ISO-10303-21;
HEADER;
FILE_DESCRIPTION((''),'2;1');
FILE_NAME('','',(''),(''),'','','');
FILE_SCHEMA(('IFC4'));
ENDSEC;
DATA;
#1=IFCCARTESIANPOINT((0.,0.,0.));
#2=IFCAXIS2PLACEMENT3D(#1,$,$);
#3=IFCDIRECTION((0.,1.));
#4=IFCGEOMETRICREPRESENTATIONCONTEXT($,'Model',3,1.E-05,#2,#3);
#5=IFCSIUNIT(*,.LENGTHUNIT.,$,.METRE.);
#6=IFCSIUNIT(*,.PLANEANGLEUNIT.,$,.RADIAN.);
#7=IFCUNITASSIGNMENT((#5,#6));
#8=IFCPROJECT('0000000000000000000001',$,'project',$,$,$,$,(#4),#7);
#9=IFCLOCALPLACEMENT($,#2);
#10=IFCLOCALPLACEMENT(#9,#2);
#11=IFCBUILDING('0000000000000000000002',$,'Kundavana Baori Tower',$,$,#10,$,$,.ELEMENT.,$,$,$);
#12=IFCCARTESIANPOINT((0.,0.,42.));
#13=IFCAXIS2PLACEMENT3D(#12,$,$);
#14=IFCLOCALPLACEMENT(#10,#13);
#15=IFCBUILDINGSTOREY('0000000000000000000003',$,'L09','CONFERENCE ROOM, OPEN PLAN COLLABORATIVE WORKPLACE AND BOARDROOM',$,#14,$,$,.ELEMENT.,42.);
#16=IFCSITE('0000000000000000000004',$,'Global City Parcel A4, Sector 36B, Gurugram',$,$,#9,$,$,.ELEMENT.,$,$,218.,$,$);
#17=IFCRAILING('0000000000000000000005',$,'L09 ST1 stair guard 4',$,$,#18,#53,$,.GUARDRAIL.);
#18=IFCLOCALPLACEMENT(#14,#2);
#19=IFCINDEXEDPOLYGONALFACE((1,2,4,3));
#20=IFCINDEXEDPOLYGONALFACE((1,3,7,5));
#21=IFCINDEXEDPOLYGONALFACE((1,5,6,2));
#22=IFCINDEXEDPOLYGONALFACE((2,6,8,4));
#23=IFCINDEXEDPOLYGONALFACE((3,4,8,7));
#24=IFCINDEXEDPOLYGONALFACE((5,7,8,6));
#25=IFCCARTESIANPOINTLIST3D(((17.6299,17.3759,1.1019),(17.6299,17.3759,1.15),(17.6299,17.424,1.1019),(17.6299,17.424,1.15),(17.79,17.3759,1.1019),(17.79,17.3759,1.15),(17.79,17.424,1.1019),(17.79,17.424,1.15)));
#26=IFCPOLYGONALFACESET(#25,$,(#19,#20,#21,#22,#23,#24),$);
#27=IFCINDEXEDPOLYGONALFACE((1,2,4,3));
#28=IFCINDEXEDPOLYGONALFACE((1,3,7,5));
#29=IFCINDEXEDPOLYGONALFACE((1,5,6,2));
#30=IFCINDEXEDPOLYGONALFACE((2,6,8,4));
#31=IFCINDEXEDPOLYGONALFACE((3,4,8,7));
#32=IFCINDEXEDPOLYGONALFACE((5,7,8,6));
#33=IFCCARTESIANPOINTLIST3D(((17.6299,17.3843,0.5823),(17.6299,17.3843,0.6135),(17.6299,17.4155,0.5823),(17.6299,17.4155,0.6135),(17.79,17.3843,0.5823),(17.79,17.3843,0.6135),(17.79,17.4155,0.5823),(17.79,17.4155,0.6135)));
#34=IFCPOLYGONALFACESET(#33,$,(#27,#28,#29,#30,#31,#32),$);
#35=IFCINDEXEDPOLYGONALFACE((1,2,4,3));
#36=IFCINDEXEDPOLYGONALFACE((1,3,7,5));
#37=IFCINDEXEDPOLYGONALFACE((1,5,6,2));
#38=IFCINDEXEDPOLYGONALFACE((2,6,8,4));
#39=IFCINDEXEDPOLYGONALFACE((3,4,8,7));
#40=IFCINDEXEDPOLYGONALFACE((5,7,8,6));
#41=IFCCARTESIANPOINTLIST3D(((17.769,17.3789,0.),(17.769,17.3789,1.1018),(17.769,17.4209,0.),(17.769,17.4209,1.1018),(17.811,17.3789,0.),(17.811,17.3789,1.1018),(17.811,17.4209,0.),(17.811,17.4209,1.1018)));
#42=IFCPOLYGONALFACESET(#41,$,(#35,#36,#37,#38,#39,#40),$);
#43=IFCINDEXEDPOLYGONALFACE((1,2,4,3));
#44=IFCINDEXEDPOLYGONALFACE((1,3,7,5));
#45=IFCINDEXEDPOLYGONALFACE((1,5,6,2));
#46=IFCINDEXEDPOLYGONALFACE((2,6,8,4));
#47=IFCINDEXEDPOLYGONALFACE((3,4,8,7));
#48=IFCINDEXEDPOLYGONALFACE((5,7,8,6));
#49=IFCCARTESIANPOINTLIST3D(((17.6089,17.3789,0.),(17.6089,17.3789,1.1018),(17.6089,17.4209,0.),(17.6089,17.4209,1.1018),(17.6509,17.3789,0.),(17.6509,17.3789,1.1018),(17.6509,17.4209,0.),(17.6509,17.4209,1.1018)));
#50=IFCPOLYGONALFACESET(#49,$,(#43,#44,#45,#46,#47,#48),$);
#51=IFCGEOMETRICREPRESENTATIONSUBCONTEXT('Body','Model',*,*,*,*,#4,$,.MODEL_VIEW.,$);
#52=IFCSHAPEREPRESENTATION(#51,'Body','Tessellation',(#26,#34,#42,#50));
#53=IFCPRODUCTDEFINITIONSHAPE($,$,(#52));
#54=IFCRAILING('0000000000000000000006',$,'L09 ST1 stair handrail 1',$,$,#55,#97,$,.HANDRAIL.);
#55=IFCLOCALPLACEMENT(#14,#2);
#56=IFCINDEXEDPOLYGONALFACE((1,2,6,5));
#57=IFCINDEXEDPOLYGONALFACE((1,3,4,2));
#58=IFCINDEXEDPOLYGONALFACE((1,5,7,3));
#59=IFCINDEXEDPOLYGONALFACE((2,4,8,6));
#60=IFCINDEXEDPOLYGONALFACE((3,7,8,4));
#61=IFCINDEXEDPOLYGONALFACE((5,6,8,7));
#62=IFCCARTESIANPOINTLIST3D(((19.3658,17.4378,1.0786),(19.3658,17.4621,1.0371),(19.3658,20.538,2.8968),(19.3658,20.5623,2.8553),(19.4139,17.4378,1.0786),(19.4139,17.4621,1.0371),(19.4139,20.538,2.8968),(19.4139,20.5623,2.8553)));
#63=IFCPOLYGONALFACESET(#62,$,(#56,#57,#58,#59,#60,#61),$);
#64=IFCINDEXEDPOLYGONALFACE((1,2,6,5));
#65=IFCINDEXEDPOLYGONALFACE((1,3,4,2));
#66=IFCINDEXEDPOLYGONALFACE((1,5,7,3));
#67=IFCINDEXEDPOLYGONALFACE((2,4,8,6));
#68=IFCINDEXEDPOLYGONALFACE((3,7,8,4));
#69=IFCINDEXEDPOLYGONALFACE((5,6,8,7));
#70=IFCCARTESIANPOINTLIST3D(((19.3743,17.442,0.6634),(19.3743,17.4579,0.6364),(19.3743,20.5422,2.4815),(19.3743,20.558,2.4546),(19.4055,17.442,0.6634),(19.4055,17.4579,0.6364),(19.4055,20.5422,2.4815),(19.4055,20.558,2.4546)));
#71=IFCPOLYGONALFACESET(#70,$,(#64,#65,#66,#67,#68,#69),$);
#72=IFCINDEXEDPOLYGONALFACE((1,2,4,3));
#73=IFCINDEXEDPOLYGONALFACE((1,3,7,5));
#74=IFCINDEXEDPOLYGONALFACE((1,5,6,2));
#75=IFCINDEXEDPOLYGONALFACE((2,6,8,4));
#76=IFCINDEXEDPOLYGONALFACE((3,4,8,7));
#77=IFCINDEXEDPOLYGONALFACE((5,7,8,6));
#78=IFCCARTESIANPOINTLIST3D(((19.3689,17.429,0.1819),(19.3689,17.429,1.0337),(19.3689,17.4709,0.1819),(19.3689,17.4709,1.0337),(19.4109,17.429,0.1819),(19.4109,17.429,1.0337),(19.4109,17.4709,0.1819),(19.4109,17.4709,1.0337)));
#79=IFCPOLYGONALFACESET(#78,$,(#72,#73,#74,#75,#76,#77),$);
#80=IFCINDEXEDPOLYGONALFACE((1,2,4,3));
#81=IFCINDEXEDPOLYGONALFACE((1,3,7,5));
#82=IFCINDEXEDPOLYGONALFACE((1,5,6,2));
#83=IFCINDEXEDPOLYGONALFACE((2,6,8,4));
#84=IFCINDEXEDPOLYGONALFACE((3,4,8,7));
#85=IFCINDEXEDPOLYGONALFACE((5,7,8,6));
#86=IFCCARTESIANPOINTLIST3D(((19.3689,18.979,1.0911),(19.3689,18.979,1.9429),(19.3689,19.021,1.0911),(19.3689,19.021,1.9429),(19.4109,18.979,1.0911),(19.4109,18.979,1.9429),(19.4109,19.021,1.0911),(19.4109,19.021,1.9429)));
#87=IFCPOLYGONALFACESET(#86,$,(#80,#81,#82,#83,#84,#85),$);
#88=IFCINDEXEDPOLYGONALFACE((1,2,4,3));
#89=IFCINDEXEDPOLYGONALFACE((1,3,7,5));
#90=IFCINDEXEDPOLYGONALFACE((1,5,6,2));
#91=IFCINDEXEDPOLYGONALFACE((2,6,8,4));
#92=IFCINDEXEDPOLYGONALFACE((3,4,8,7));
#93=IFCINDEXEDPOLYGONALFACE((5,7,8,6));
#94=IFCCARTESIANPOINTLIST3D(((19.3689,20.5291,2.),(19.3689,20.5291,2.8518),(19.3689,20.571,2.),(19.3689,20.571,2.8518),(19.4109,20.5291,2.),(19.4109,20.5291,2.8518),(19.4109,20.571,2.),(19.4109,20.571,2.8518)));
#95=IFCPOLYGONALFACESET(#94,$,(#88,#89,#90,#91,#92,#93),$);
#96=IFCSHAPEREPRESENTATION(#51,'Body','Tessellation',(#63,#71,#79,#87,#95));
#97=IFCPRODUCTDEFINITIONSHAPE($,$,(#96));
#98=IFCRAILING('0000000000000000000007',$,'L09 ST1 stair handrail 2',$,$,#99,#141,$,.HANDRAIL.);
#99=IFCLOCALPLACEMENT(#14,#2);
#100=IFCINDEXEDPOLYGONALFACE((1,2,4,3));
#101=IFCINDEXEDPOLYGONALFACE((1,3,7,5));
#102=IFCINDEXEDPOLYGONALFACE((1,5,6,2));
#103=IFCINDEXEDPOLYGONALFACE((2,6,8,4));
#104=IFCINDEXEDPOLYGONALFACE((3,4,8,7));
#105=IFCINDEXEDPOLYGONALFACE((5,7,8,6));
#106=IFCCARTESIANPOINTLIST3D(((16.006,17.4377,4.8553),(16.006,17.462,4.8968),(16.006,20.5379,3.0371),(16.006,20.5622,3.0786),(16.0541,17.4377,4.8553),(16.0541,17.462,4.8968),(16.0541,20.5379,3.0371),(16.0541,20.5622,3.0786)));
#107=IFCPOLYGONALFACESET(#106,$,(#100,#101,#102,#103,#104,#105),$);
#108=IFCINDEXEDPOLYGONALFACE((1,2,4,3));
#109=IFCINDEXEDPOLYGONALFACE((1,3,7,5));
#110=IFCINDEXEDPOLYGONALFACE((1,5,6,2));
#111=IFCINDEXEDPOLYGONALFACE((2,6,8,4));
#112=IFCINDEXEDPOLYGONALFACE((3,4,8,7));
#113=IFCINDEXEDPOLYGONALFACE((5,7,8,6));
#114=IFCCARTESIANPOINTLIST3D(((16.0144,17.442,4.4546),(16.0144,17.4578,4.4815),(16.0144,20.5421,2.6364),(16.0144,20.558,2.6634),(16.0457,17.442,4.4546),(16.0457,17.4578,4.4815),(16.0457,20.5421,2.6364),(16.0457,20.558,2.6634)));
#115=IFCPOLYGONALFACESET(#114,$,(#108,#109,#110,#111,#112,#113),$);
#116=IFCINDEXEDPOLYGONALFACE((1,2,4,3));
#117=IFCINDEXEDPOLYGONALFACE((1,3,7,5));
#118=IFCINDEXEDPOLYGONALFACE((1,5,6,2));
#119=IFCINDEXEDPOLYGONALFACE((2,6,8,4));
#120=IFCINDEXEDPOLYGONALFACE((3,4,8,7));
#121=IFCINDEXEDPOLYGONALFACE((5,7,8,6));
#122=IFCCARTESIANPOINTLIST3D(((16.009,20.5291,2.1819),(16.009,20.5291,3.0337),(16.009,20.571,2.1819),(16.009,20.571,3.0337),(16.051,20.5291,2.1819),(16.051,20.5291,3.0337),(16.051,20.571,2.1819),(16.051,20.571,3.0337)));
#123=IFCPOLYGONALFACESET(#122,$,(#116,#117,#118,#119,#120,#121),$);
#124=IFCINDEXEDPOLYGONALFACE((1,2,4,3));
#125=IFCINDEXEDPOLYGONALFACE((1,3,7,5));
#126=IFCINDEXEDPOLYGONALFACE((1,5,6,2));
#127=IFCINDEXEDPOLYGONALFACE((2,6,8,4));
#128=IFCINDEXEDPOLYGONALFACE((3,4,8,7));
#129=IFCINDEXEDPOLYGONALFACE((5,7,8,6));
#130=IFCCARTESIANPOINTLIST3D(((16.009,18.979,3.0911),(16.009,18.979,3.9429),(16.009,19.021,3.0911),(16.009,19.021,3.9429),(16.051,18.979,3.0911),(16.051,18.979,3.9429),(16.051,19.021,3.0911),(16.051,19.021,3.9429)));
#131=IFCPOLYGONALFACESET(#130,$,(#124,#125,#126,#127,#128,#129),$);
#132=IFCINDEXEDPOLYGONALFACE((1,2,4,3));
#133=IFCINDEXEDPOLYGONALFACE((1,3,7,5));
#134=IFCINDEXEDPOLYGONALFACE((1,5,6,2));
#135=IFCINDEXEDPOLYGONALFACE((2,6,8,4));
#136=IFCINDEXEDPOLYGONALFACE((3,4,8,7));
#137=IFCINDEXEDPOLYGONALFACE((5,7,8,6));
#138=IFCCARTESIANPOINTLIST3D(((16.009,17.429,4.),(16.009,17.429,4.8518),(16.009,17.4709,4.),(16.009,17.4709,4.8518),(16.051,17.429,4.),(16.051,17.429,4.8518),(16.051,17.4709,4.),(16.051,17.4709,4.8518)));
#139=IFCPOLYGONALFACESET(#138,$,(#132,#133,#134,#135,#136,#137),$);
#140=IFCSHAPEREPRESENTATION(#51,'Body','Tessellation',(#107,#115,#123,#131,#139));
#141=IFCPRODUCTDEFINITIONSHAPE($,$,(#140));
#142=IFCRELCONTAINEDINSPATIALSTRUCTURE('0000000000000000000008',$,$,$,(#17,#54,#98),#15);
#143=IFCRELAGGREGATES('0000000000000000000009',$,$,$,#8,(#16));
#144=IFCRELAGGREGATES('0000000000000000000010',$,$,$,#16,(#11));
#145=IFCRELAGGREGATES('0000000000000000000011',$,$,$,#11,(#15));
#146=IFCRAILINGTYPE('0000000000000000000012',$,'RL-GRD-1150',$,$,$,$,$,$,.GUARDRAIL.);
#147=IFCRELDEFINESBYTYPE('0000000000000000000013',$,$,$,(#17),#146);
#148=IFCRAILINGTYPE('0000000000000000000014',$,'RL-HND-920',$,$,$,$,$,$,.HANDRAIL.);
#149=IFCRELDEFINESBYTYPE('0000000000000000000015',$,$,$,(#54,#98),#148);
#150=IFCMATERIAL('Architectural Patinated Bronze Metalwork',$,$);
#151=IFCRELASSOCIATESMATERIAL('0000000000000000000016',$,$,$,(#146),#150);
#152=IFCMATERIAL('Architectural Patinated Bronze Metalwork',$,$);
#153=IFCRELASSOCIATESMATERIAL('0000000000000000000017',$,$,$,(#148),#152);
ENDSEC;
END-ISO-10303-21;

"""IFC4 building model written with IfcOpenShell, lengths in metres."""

from ifc_helpers import new_model, si_unit, direction, frame, origin, origin_2d, place, context, subcontext, project, spatial, rectangle, extrude, material, type_object, element, save


model = new_model("IFC4")

# Units and contexts
model_context = context("Model", 3, precision=1e-05, world=origin(), true_north=direction((0.0, 1.0)))
body_context = subcontext(model_context, "Body", "Model", "MODEL_VIEW")
ifc_project = project(units=[si_unit("LENGTHUNIT", "METRE"), si_unit("PLANEANGLEUNIT", "RADIAN")], contexts=[model_context])

# Site, building, storey
site_placement = place(None, origin())
site = spatial("IfcSite", under=ifc_project, at=site_placement, Name="Global City Parcel A4, Sector 36B, Gurugram", CompositionType="ELEMENT", RefElevation=218.0)
building_placement = place(site_placement, origin())
building = spatial("IfcBuilding", under=site, at=building_placement, Name="Kundavana Baori Tower", CompositionType="ELEMENT")
storey_placement = place(building_placement, frame((0.0, 0.0, 42.0)))
storey = spatial("IfcBuildingStorey", under=building, at=storey_placement, Name="L09", Description="CONFERENCE ROOM, OPEN PLAN COLLABORATIVE WORKPLACE AND BOARDROOM", CompositionType="ELEMENT", Elevation=42.0)

# Railings
ifc_material_1 = material(Name="Architectural Patinated Bronze Metalwork")
railing_type_1 = type_object("IfcRailingType", Name="RL-GRD-1150", PredefinedType="GUARDRAIL", material=ifc_material_1)
railing_1_placement = place(storey_placement, frame((17.79, 17.3999, 0.0)))
element("IfcRailing", 1, at=railing_1_placement, inside=storey, type_object=railing_type_1, Name="L09 ST1 stair guard 4", PredefinedType="GUARDRAIL", context=body_context, shape_type="SweptSolid", body=[
    extrude(rectangle(XDim=0.0481, YDim=0.0481, at=origin_2d()), frame((0.0, 0.0, 1.126), z_axis=(-1.0, 0.0, 0.0), x_axis=(0.0, -1.0, 0.0)), (0.0, 0.0, 1.0), 0.1602),
    extrude(rectangle(XDim=0.0312, YDim=0.0312, at=origin_2d()), frame((0.0, 0.0, 0.5979), z_axis=(-1.0, 0.0, 0.0), x_axis=(0.0, -1.0, 0.0)), (0.0, 0.0, 1.0), 0.1602),
    extrude(rectangle(XDim=0.042, YDim=0.042, at=origin_2d()), origin(), (0.0, 0.0, 1.0), 1.1018),
    extrude(rectangle(XDim=0.042, YDim=0.042, at=origin_2d()), frame((-0.1602, 0.0, 0.0)), (0.0, 0.0, 1.0), 1.1018),
])
ifc_material_2 = material(Name="Architectural Patinated Bronze Metalwork")
railing_type_2 = type_object("IfcRailingType", Name="RL-HND-920", PredefinedType="HANDRAIL", material=ifc_material_2)
railing_2_placement = place(storey_placement, frame((19.3899, 17.45, 0.1819)))
element("IfcRailing", 2, at=railing_2_placement, inside=storey, type_object=railing_type_2, Name="L09 ST1 stair handrail 1", PredefinedType="HANDRAIL", context=body_context, shape_type="SweptSolid", body=[
    extrude(rectangle(XDim=0.0481, YDim=0.0481, at=origin_2d()), frame((0.0, 0.0, 0.876), z_axis=(0.0, 0.862599, 0.505889), x_axis=(-1.0, 0.0, 0.0)), (0.0, 0.0, 1.0), 3.594),
    extrude(rectangle(XDim=0.0312, YDim=0.0312, at=origin_2d()), frame((0.0, 0.0, 0.468), z_axis=(0.0, 0.862599, 0.505889), x_axis=(-1.0, 0.0, 0.0)), (0.0, 0.0, 1.0), 3.594),
    extrude(rectangle(XDim=0.042, YDim=0.042, at=origin_2d()), origin(), (0.0, 0.0, 1.0), 0.8518),
    extrude(rectangle(XDim=0.042, YDim=0.042, at=origin_2d()), frame((0.0, 1.55, 0.9092)), (0.0, 0.0, 1.0), 0.8518),
    extrude(rectangle(XDim=0.042, YDim=0.042, at=origin_2d()), frame((0.0, 3.1001, 1.8181)), (0.0, 0.0, 1.0), 0.8518),
])
railing_3_placement = place(storey_placement, frame((16.03, 20.55, 2.1819)))
element("IfcRailing", 3, at=railing_3_placement, inside=storey, type_object=railing_type_2, Name="L09 ST1 stair handrail 2", PredefinedType="HANDRAIL", context=body_context, shape_type="SweptSolid", body=[
    extrude(rectangle(XDim=0.0481, YDim=0.0481, at=origin_2d()), frame((0.0, 0.0, 0.876), z_axis=(0.0, -0.862599, 0.505889), x_axis=(1.0, 0.0, 0.0)), (0.0, 0.0, 1.0), 3.594),
    extrude(rectangle(XDim=0.0312, YDim=0.0312, at=origin_2d()), frame((0.0, 0.0, 0.468), z_axis=(0.0, -0.862599, 0.505889), x_axis=(1.0, 0.0, 0.0)), (0.0, 0.0, 1.0), 3.594),
    extrude(rectangle(XDim=0.042, YDim=0.042, at=origin_2d()), origin(), (0.0, 0.0, 1.0), 0.8518),
    extrude(rectangle(XDim=0.042, YDim=0.042, at=origin_2d()), frame((0.0, -1.55, 0.9092)), (0.0, 0.0, 1.0), 0.8518),
    extrude(rectangle(XDim=0.042, YDim=0.042, at=origin_2d()), frame((0.0, -3.1001, 1.8181)), (0.0, 0.0, 1.0), 0.8518),
])

save(model, "model.ifc")
